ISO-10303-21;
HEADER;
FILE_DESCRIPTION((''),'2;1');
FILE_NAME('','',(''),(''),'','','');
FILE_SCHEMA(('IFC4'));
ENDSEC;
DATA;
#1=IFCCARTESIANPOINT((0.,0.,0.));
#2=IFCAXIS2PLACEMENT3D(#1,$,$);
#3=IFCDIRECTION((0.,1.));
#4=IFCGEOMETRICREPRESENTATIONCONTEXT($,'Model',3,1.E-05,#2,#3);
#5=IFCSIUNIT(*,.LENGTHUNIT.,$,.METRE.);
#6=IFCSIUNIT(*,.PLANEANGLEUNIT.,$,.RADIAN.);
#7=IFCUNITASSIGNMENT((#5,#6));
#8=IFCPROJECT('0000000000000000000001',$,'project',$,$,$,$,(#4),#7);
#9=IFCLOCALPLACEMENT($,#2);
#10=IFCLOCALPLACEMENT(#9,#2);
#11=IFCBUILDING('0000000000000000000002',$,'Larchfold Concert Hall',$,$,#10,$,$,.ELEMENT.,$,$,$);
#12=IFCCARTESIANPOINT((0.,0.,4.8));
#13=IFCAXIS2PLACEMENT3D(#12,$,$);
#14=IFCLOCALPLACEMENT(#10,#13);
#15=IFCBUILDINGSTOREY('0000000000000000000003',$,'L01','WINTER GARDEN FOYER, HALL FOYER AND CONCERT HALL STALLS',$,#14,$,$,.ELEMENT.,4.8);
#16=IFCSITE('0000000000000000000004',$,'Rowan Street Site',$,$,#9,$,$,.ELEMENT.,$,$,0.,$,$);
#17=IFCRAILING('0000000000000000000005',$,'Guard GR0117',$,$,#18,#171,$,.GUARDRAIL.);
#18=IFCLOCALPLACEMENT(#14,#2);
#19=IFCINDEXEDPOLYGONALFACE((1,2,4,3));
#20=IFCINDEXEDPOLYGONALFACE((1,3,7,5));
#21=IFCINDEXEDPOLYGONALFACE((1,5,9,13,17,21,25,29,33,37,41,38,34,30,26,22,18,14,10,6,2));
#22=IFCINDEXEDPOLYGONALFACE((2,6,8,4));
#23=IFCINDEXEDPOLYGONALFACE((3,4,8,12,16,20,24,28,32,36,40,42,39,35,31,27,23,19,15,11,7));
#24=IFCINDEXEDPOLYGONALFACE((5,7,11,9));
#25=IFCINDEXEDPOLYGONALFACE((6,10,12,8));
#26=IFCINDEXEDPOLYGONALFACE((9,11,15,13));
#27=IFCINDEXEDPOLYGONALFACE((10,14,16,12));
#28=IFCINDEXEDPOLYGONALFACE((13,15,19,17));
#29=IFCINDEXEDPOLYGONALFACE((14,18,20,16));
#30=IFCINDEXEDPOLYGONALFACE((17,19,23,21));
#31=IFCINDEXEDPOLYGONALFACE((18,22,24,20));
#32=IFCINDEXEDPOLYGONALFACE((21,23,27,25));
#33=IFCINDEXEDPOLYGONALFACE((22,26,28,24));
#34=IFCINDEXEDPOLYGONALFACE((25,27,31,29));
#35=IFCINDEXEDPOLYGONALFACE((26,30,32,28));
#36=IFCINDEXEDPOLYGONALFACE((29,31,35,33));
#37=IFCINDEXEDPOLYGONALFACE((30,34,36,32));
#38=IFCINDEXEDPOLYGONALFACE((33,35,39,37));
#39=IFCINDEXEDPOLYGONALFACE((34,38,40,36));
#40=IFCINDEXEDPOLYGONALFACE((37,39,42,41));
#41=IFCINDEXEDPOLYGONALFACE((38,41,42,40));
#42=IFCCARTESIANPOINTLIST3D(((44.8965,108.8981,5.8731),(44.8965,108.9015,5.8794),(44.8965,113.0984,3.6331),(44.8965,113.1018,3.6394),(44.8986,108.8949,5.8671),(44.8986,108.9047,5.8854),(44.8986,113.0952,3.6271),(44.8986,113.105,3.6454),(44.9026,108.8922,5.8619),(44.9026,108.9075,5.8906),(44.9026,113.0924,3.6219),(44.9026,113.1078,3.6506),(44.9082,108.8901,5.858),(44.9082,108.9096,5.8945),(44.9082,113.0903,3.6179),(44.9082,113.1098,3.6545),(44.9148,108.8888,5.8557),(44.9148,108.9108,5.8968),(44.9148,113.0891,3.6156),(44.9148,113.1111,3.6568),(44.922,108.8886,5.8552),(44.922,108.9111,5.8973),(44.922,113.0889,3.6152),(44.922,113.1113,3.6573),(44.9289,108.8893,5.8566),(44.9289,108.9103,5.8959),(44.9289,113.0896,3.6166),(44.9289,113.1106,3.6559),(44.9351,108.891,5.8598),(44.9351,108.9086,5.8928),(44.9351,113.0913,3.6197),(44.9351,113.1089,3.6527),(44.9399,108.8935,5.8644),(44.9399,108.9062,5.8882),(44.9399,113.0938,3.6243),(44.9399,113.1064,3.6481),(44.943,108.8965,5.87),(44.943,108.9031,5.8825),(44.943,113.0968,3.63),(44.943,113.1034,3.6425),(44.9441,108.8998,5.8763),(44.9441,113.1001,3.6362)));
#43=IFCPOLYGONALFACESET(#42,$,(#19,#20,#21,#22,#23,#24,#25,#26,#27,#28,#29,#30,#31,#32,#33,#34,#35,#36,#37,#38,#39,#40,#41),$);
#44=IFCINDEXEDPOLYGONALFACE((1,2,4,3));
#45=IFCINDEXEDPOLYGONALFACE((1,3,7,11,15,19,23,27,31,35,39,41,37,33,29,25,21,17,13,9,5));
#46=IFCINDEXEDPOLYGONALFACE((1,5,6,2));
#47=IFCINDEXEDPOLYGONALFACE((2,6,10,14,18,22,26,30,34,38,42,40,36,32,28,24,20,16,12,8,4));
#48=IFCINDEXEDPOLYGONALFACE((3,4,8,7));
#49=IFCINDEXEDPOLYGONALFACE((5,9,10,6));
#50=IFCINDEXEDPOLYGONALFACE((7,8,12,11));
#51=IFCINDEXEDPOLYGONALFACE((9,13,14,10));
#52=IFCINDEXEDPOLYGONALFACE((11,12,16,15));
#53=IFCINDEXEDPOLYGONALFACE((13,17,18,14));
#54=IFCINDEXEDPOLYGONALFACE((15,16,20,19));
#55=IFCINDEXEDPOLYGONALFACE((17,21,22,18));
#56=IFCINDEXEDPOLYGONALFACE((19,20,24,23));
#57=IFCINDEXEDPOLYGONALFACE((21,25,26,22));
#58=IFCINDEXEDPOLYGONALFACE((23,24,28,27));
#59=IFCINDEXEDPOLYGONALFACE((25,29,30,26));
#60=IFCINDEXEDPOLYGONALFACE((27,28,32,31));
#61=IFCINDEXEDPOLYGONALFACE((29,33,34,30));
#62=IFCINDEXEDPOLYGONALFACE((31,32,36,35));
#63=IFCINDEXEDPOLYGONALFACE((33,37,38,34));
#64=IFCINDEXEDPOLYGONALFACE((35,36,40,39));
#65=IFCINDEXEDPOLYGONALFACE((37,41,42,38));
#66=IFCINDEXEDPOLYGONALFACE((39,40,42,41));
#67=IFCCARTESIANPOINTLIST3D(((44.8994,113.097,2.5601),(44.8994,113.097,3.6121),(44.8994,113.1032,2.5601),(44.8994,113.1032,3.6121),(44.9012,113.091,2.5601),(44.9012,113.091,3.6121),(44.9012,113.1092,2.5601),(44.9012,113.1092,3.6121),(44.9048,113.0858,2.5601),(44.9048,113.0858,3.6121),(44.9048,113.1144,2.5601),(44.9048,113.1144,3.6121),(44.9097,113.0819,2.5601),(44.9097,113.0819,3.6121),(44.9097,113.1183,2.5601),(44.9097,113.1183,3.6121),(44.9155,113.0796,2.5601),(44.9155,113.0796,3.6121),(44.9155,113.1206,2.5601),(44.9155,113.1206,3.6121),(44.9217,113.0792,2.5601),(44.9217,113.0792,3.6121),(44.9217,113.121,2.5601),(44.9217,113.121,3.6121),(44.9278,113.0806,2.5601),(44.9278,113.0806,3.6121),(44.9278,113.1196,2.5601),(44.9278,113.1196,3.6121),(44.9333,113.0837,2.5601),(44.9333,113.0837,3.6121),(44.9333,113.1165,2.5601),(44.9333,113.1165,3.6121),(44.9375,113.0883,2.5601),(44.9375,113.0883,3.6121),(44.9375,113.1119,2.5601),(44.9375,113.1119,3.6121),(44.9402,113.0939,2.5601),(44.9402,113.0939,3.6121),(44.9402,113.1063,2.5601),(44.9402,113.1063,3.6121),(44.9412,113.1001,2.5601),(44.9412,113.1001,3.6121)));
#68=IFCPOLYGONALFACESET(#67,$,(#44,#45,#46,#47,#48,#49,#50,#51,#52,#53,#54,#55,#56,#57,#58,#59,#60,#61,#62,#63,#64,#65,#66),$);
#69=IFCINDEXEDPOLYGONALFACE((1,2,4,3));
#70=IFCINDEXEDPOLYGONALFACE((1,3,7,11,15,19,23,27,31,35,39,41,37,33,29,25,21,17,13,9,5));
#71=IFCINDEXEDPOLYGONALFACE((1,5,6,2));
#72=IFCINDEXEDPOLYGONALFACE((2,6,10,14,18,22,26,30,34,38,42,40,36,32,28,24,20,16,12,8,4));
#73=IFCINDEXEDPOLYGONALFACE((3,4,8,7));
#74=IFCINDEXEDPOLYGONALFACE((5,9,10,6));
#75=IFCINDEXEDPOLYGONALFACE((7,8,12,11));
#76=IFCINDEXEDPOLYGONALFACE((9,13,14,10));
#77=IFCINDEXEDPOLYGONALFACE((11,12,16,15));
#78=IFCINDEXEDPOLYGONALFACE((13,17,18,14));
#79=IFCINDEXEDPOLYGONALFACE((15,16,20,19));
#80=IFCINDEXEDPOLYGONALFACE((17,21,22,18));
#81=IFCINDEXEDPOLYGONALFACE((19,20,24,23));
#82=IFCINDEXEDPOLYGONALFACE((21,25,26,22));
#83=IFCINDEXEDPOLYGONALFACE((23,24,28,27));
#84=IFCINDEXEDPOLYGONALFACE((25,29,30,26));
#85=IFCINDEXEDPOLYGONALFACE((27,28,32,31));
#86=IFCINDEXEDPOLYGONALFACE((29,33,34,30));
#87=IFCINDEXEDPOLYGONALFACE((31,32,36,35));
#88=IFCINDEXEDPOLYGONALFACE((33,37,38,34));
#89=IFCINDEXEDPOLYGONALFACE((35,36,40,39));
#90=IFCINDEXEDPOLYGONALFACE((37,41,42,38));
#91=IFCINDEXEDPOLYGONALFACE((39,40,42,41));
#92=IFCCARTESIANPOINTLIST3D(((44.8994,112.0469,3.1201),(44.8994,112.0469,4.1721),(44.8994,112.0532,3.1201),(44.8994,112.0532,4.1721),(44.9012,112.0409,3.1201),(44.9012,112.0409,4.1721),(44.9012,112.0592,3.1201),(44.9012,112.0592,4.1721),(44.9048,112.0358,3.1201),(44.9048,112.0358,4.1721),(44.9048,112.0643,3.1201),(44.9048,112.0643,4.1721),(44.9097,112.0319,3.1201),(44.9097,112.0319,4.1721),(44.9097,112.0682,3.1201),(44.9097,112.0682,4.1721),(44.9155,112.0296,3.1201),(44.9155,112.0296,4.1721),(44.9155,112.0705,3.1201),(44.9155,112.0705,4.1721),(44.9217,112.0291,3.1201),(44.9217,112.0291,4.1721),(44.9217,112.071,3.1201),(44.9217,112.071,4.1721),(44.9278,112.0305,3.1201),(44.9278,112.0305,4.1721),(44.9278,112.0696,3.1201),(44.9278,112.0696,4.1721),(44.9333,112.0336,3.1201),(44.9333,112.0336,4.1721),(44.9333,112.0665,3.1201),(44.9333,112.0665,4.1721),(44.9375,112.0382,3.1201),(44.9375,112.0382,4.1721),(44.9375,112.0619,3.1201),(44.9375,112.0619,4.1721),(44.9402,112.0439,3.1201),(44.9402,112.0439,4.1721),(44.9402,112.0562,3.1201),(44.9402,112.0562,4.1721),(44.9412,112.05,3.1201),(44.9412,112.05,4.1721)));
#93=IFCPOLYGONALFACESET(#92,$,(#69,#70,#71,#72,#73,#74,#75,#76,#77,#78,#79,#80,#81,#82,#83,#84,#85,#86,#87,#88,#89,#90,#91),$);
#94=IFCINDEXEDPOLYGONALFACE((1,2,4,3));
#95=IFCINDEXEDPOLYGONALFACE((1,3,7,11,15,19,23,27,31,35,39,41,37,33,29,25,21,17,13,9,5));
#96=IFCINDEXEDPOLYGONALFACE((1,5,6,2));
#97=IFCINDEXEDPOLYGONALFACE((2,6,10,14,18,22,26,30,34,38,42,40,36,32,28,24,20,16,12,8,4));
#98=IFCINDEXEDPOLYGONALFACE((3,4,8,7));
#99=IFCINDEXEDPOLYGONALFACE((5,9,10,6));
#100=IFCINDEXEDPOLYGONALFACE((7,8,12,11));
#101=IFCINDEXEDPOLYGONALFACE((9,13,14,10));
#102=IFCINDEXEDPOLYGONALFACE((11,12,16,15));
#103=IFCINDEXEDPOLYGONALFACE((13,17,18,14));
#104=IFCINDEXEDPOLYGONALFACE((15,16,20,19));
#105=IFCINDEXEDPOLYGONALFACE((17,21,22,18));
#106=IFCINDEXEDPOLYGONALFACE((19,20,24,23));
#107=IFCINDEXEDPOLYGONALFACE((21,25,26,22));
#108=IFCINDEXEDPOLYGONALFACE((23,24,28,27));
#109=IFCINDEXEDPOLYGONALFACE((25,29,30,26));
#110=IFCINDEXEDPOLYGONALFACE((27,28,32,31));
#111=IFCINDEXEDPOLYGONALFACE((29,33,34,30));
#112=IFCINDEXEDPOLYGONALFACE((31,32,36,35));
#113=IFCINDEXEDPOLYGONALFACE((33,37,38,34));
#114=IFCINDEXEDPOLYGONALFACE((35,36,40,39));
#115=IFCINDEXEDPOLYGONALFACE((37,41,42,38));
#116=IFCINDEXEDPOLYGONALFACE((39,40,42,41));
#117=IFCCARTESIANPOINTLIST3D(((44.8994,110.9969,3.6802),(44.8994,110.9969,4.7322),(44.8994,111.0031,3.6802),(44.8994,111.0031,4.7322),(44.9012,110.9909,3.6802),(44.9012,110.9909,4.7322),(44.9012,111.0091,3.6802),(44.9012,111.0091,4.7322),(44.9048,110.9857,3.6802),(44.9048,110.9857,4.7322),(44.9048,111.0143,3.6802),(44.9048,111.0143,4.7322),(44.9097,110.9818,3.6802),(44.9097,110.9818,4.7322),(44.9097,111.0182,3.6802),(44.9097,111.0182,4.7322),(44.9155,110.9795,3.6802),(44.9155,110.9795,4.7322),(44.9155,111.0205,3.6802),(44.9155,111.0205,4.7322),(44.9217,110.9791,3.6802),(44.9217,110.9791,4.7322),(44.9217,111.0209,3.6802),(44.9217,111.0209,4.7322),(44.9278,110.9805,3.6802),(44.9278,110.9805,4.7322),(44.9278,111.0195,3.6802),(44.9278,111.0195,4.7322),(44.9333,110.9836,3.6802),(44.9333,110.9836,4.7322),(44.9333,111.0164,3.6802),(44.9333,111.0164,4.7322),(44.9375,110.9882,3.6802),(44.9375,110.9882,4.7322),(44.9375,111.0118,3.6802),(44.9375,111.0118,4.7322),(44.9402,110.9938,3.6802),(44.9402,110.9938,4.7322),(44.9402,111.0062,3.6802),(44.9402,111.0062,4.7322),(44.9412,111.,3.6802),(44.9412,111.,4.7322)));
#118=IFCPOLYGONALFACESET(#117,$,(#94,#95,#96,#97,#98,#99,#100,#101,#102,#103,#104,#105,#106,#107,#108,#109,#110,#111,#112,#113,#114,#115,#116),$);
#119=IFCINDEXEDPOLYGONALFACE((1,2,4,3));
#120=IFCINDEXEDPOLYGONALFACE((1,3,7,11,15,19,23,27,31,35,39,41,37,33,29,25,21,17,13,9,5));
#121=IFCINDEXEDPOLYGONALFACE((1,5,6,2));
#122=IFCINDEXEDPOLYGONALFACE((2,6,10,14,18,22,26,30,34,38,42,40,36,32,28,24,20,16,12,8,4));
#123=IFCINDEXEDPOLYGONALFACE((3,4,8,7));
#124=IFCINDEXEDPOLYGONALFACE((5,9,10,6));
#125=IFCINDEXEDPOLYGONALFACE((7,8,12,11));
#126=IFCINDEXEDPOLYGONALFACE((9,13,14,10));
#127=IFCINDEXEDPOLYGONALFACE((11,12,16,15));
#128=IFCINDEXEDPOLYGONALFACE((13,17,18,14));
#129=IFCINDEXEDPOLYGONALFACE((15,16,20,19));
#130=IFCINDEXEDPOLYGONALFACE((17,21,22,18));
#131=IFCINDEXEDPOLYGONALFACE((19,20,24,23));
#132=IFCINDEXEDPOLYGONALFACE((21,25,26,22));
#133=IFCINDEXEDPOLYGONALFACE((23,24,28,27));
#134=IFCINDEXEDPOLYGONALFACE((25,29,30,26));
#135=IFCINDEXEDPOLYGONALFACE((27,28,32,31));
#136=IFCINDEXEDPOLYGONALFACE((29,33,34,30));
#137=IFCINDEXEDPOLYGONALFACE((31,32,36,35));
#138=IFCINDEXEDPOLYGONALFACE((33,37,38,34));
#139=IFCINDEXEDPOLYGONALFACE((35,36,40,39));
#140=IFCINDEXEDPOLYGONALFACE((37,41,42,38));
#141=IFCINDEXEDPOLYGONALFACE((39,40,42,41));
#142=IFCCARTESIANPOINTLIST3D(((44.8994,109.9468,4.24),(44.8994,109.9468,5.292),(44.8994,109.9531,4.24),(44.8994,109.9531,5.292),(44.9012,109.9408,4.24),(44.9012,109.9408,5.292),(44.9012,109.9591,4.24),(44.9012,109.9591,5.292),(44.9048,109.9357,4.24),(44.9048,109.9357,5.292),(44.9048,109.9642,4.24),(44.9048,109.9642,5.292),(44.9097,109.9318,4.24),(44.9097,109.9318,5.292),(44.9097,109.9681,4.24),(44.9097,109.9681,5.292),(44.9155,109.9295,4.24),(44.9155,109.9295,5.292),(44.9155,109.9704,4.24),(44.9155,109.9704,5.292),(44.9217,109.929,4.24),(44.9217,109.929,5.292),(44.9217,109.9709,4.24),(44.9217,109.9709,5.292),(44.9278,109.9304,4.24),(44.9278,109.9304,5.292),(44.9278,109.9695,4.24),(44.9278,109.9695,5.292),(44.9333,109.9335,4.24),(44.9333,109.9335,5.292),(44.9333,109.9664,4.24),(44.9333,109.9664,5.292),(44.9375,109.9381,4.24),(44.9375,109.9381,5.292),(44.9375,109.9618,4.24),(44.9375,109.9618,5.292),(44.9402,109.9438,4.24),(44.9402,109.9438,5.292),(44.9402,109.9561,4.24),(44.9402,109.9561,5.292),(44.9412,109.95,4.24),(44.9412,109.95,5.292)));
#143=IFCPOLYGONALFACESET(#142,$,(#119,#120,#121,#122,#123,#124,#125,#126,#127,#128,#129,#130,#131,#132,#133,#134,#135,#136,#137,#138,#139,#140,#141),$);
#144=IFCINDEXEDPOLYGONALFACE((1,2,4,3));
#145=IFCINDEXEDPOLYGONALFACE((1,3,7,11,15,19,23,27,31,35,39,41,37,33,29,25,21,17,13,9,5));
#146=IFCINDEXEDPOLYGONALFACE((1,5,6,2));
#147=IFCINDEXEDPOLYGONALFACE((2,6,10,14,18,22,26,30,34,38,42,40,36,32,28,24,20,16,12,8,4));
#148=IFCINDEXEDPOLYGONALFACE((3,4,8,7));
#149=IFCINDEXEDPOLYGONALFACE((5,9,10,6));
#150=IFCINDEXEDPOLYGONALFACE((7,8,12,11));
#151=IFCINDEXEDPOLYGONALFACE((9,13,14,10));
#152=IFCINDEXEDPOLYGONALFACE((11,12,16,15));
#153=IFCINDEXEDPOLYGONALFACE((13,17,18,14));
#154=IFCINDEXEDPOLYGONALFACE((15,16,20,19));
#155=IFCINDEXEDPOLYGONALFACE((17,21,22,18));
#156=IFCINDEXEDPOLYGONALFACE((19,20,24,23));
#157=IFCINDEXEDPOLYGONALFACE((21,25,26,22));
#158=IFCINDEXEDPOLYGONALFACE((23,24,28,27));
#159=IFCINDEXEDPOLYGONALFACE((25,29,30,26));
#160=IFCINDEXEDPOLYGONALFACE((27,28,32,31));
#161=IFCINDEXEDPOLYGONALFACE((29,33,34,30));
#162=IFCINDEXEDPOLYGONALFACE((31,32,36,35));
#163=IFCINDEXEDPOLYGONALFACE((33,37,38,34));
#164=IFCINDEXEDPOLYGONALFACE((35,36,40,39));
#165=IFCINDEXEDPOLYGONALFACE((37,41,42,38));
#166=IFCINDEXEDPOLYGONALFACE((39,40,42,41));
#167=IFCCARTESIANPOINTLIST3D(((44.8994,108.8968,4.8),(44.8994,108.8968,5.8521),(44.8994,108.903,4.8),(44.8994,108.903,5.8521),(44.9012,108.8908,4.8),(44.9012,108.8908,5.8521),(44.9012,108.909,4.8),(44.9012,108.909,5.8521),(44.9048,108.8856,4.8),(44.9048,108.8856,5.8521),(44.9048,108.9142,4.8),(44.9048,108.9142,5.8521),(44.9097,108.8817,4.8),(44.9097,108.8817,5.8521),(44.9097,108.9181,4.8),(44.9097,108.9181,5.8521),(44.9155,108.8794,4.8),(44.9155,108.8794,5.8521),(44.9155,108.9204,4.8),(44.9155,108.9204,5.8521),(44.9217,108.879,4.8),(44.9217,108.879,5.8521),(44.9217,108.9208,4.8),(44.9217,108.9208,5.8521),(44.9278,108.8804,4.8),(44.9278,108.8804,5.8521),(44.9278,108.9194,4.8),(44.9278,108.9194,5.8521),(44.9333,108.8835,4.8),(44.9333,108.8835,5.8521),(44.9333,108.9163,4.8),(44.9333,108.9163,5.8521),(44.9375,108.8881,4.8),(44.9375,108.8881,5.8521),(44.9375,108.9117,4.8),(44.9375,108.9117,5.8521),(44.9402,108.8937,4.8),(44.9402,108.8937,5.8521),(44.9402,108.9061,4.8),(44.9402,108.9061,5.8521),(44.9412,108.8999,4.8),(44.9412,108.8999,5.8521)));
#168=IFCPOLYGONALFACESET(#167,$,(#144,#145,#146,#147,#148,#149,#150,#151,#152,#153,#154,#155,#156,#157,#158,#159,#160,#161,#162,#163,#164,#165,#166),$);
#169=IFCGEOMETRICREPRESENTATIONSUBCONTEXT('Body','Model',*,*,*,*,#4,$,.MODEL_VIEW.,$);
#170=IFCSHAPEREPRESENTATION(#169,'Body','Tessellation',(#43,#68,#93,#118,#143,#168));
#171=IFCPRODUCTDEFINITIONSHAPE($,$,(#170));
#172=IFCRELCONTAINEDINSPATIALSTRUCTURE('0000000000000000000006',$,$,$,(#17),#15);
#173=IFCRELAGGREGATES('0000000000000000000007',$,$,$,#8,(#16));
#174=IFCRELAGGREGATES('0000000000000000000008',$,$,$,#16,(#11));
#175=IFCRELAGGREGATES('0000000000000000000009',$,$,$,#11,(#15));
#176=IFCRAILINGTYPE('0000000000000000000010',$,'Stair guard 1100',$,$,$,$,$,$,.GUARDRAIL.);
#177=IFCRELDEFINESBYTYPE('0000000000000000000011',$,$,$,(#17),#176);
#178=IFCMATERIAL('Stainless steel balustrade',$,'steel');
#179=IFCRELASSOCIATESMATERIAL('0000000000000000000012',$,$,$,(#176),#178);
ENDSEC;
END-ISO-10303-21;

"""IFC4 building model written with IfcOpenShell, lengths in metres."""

from ifc_helpers import new_model, si_unit, direction, frame, origin, origin_2d, place, context, subcontext, project, spatial, circle, extrude, material, type_object, element, save


model = new_model("IFC4")

# Units and contexts
model_context = context("Model", 3, precision=1e-05, world=origin(), true_north=direction((0.0, 1.0)))
body_context = subcontext(model_context, "Body", "Model", "MODEL_VIEW")
ifc_project = project(units=[si_unit("LENGTHUNIT", "METRE"), si_unit("PLANEANGLEUNIT", "RADIAN")], contexts=[model_context])

# Site, building, storey
site_placement = place(None, origin())
site = spatial("IfcSite", under=ifc_project, at=site_placement, Name="Rowan Street Site", CompositionType="ELEMENT", RefElevation=0.0)
building_placement = place(site_placement, origin())
building = spatial("IfcBuilding", under=site, at=building_placement, Name="Larchfold Concert Hall", CompositionType="ELEMENT")
storey_placement = place(building_placement, frame((0.0, 0.0, 4.8)))
storey = spatial("IfcBuildingStorey", under=building, at=storey_placement, Name="L01", Description="WINTER GARDEN FOYER, HALL FOYER AND CONCERT HALL STALLS", CompositionType="ELEMENT", Elevation=4.8)

# Railing
ifc_material_1 = material(Name="Stainless steel balustrade", Category="steel")
railing_type_1 = type_object("IfcRailingType", Name="Stair guard 1100", PredefinedType="GUARDRAIL", material=ifc_material_1)
railing_1_placement = place(storey_placement, frame((44.9202, 113.1001, 2.5601)))
element("IfcRailing", 1, at=railing_1_placement, inside=storey, type_object=railing_type_1, Name="Guard GR0117", PredefinedType="GUARDRAIL", context=body_context, shape_type="SweptSolid", body=[
    extrude(circle(Radius=0.0239, at=origin_2d()), frame((0.0, 0.0, 1.0762), z_axis=(0.0, -0.882363, 0.47057), x_axis=(1.0, 0.0, 0.0)), (0.0, 0.0, 1.0), 4.7603),
    extrude(circle(Radius=0.021, at=origin_2d()), origin(), (0.0, 0.0, 1.0), 1.052),
    extrude(circle(Radius=0.021, at=origin_2d()), frame((0.0, -1.05, 0.5601)), (0.0, 0.0, 1.0), 1.052),
    extrude(circle(Radius=0.021, at=origin_2d()), frame((0.0, -2.1001, 1.1201)), (0.0, 0.0, 1.0), 1.052),
    extrude(circle(Radius=0.021, at=origin_2d()), frame((0.0, -3.1501, 1.6799)), (0.0, 0.0, 1.0), 1.052),
    extrude(circle(Radius=0.021, at=origin_2d()), frame((0.0, -4.2002, 2.24)), (0.0, 0.0, 1.0), 1.052),
])

save(model, "model.ifc")
